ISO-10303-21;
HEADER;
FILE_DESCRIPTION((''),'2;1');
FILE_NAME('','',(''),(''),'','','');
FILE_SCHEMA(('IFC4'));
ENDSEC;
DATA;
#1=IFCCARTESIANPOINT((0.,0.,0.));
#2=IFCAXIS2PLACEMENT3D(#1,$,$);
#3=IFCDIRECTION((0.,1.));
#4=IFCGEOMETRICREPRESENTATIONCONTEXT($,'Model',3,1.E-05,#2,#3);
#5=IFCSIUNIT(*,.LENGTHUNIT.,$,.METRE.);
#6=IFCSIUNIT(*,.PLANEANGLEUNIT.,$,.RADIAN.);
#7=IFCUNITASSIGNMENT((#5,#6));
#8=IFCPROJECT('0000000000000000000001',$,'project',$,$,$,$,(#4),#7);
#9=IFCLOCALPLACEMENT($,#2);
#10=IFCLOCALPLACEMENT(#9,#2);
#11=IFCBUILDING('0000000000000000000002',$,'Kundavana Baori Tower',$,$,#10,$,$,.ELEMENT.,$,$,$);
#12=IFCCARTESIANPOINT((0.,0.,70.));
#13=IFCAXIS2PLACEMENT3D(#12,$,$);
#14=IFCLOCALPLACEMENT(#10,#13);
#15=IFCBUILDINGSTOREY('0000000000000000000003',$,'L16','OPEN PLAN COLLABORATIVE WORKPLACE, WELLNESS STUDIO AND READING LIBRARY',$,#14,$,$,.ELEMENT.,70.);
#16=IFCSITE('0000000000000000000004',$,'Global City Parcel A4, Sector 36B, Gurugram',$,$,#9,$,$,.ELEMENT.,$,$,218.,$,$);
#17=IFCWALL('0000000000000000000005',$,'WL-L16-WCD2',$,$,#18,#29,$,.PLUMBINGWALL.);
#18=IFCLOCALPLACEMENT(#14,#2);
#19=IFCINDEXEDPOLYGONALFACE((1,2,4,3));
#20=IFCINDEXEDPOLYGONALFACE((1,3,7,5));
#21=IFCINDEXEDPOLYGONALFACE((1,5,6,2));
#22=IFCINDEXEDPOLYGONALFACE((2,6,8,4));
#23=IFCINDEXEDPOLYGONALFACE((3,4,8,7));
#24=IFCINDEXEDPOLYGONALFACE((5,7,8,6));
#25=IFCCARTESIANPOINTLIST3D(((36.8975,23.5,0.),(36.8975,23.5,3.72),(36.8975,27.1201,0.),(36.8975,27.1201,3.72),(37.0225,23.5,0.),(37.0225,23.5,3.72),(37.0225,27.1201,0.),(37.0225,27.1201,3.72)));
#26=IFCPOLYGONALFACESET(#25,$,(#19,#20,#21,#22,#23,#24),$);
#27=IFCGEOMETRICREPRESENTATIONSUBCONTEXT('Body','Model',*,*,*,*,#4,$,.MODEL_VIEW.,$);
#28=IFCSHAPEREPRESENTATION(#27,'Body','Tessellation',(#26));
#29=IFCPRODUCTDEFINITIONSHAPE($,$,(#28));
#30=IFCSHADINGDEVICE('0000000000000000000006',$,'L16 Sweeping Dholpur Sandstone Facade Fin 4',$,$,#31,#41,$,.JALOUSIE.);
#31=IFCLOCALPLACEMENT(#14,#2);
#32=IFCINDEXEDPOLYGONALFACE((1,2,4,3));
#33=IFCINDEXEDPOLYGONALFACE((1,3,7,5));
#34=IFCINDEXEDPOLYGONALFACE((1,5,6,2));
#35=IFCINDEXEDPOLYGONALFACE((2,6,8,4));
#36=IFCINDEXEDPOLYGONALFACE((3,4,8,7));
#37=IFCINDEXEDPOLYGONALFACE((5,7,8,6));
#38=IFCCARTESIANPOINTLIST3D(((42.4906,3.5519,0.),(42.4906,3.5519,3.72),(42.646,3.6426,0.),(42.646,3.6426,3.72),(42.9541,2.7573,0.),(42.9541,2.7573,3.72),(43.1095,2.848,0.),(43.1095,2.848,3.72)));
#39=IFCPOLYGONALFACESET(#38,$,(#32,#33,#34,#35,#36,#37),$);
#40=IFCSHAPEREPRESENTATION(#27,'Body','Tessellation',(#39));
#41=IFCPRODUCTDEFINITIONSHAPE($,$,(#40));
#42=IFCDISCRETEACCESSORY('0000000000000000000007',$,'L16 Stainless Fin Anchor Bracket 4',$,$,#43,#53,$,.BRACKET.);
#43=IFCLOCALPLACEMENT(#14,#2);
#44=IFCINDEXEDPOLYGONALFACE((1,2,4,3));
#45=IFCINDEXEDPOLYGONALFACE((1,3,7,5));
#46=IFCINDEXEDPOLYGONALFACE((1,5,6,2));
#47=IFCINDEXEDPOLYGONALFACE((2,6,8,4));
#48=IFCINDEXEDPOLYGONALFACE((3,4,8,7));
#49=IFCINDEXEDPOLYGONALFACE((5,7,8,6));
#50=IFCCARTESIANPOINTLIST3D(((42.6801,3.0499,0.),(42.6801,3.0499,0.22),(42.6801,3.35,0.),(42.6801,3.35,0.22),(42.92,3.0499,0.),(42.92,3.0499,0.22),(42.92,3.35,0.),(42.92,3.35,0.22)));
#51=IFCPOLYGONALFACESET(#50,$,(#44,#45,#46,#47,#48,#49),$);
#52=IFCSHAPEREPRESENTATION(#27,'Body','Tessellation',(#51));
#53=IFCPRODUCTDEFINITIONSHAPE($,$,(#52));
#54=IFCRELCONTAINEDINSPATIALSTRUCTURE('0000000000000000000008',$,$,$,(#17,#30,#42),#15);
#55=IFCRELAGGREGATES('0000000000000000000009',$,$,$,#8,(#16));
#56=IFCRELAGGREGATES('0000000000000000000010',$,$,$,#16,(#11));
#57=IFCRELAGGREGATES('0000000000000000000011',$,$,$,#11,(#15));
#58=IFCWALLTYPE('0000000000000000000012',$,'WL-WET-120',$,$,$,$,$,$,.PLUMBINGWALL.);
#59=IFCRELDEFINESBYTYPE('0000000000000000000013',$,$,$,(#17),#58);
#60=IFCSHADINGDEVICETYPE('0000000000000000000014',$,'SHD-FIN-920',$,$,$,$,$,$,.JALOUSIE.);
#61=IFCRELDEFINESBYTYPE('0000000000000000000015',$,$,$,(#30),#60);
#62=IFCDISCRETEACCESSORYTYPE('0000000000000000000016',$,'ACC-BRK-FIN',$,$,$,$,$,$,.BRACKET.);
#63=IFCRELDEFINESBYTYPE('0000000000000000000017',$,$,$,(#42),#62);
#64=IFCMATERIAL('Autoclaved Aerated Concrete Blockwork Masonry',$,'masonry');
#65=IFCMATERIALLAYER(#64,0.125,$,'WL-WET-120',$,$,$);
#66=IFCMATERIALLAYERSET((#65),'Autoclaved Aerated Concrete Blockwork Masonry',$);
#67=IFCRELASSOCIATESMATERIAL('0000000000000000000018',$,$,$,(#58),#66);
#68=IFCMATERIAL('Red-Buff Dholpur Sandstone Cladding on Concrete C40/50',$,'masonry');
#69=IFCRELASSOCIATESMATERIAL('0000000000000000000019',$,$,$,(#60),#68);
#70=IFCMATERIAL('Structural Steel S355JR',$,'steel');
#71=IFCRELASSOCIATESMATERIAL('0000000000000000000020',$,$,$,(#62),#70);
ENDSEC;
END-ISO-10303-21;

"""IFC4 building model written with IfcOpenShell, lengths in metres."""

from ifc_helpers import new_model, si_unit, direction, frame, frame_2d, origin, origin_2d, place, context, subcontext, project, spatial, rectangle, extrude, material, layer, layer_set, type_object, element, save


model = new_model("IFC4")

# Units and contexts
model_context = context("Model", 3, precision=1e-05, world=origin(), true_north=direction((0.0, 1.0)))
body_context = subcontext(model_context, "Body", "Model", "MODEL_VIEW")
ifc_project = project(units=[si_unit("LENGTHUNIT", "METRE"), si_unit("PLANEANGLEUNIT", "RADIAN")], contexts=[model_context])

# Site, building, storey
site_placement = place(None, origin())
site = spatial("IfcSite", under=ifc_project, at=site_placement, Name="Global City Parcel A4, Sector 36B, Gurugram", CompositionType="ELEMENT", RefElevation=218.0)
building_placement = place(site_placement, origin())
building = spatial("IfcBuilding", under=site, at=building_placement, Name="Kundavana Baori Tower", CompositionType="ELEMENT")
storey_placement = place(building_placement, frame((0.0, 0.0, 70.0)))
storey = spatial("IfcBuildingStorey", under=building, at=storey_placement, Name="L16", Description="OPEN PLAN COLLABORATIVE WORKPLACE, WELLNESS STUDIO AND READING LIBRARY", CompositionType="ELEMENT", Elevation=70.0)

# Wall
ifc_material_1 = material(Name="Autoclaved Aerated Concrete Blockwork Masonry", Category="masonry")
ifc_layer_1 = layer(ifc_material_1, 0.125, Name="WL-WET-120")
ifc_layer_set_1 = layer_set([ifc_layer_1], Name="Autoclaved Aerated Concrete Blockwork Masonry")
wall_type_1 = type_object("IfcWallType", Name="WL-WET-120", PredefinedType="PLUMBINGWALL", material=ifc_layer_set_1)
for number, where, z_axis, x_axis, name in (
    (1, (36.96, 23.5, 0.0), (0.0, 0.0, 1.0), (0.0, 1.0, 0.0), "WL-L16-WCD2"),
):
    element("IfcWall", number, at=place(storey_placement, frame(where, z_axis=z_axis, x_axis=x_axis)), inside=storey, type_object=wall_type_1, Name=name, PredefinedType="PLUMBINGWALL", context=body_context, shape_type="SweptSolid", body=[
        extrude(rectangle(XDim=3.6201, YDim=0.125, at=frame_2d((1.8101, 0.0))), origin(), (0.0, 0.0, 1.0), 3.72),
    ])

# Shading device
ifc_material_2 = material(Name="Red-Buff Dholpur Sandstone Cladding on Concrete C40/50", Category="masonry")
shading_device_type = type_object("IfcShadingDeviceType", Name="SHD-FIN-920", PredefinedType="JALOUSIE", material=ifc_material_2)
shading_device_placement = place(storey_placement, frame((42.8, 3.2, 0.0), z_axis=(0.0, 0.0, 1.0), x_axis=(0.863748, 0.503925, 0.0)))
element("IfcShadingDevice", 2, at=shading_device_placement, inside=storey, type_object=shading_device_type, Name="L16 Sweeping Dholpur Sandstone Facade Fin 4", PredefinedType="JALOUSIE", context=body_context, shape_type="SweptSolid", body=[
    extrude(rectangle(XDim=0.1799, YDim=0.9199, at=origin_2d()), origin(), (0.0, 0.0, 1.0), 3.72),
])

# Discrete accessory
ifc_material_3 = material(Name="Structural Steel S355JR", Category="steel")
discrete_accessory_type = type_object("IfcDiscreteAccessoryType", Name="ACC-BRK-FIN", PredefinedType="BRACKET", material=ifc_material_3)
discrete_accessory_placement = place(storey_placement, frame((42.8, 3.2, 0.0), z_axis=(0.0, 0.0, 1.0), x_axis=(1.0, 0.0, 0.0)))
element("IfcDiscreteAccessory", 3, at=discrete_accessory_placement, inside=storey, type_object=discrete_accessory_type, Name="L16 Stainless Fin Anchor Bracket 4", PredefinedType="BRACKET", context=body_context, shape_type="SweptSolid", body=[
    extrude(rectangle(XDim=0.24, YDim=0.3, at=origin_2d()), origin(), (0.0, 0.0, 1.0), 0.22),
])

save(model, "model.ifc")
